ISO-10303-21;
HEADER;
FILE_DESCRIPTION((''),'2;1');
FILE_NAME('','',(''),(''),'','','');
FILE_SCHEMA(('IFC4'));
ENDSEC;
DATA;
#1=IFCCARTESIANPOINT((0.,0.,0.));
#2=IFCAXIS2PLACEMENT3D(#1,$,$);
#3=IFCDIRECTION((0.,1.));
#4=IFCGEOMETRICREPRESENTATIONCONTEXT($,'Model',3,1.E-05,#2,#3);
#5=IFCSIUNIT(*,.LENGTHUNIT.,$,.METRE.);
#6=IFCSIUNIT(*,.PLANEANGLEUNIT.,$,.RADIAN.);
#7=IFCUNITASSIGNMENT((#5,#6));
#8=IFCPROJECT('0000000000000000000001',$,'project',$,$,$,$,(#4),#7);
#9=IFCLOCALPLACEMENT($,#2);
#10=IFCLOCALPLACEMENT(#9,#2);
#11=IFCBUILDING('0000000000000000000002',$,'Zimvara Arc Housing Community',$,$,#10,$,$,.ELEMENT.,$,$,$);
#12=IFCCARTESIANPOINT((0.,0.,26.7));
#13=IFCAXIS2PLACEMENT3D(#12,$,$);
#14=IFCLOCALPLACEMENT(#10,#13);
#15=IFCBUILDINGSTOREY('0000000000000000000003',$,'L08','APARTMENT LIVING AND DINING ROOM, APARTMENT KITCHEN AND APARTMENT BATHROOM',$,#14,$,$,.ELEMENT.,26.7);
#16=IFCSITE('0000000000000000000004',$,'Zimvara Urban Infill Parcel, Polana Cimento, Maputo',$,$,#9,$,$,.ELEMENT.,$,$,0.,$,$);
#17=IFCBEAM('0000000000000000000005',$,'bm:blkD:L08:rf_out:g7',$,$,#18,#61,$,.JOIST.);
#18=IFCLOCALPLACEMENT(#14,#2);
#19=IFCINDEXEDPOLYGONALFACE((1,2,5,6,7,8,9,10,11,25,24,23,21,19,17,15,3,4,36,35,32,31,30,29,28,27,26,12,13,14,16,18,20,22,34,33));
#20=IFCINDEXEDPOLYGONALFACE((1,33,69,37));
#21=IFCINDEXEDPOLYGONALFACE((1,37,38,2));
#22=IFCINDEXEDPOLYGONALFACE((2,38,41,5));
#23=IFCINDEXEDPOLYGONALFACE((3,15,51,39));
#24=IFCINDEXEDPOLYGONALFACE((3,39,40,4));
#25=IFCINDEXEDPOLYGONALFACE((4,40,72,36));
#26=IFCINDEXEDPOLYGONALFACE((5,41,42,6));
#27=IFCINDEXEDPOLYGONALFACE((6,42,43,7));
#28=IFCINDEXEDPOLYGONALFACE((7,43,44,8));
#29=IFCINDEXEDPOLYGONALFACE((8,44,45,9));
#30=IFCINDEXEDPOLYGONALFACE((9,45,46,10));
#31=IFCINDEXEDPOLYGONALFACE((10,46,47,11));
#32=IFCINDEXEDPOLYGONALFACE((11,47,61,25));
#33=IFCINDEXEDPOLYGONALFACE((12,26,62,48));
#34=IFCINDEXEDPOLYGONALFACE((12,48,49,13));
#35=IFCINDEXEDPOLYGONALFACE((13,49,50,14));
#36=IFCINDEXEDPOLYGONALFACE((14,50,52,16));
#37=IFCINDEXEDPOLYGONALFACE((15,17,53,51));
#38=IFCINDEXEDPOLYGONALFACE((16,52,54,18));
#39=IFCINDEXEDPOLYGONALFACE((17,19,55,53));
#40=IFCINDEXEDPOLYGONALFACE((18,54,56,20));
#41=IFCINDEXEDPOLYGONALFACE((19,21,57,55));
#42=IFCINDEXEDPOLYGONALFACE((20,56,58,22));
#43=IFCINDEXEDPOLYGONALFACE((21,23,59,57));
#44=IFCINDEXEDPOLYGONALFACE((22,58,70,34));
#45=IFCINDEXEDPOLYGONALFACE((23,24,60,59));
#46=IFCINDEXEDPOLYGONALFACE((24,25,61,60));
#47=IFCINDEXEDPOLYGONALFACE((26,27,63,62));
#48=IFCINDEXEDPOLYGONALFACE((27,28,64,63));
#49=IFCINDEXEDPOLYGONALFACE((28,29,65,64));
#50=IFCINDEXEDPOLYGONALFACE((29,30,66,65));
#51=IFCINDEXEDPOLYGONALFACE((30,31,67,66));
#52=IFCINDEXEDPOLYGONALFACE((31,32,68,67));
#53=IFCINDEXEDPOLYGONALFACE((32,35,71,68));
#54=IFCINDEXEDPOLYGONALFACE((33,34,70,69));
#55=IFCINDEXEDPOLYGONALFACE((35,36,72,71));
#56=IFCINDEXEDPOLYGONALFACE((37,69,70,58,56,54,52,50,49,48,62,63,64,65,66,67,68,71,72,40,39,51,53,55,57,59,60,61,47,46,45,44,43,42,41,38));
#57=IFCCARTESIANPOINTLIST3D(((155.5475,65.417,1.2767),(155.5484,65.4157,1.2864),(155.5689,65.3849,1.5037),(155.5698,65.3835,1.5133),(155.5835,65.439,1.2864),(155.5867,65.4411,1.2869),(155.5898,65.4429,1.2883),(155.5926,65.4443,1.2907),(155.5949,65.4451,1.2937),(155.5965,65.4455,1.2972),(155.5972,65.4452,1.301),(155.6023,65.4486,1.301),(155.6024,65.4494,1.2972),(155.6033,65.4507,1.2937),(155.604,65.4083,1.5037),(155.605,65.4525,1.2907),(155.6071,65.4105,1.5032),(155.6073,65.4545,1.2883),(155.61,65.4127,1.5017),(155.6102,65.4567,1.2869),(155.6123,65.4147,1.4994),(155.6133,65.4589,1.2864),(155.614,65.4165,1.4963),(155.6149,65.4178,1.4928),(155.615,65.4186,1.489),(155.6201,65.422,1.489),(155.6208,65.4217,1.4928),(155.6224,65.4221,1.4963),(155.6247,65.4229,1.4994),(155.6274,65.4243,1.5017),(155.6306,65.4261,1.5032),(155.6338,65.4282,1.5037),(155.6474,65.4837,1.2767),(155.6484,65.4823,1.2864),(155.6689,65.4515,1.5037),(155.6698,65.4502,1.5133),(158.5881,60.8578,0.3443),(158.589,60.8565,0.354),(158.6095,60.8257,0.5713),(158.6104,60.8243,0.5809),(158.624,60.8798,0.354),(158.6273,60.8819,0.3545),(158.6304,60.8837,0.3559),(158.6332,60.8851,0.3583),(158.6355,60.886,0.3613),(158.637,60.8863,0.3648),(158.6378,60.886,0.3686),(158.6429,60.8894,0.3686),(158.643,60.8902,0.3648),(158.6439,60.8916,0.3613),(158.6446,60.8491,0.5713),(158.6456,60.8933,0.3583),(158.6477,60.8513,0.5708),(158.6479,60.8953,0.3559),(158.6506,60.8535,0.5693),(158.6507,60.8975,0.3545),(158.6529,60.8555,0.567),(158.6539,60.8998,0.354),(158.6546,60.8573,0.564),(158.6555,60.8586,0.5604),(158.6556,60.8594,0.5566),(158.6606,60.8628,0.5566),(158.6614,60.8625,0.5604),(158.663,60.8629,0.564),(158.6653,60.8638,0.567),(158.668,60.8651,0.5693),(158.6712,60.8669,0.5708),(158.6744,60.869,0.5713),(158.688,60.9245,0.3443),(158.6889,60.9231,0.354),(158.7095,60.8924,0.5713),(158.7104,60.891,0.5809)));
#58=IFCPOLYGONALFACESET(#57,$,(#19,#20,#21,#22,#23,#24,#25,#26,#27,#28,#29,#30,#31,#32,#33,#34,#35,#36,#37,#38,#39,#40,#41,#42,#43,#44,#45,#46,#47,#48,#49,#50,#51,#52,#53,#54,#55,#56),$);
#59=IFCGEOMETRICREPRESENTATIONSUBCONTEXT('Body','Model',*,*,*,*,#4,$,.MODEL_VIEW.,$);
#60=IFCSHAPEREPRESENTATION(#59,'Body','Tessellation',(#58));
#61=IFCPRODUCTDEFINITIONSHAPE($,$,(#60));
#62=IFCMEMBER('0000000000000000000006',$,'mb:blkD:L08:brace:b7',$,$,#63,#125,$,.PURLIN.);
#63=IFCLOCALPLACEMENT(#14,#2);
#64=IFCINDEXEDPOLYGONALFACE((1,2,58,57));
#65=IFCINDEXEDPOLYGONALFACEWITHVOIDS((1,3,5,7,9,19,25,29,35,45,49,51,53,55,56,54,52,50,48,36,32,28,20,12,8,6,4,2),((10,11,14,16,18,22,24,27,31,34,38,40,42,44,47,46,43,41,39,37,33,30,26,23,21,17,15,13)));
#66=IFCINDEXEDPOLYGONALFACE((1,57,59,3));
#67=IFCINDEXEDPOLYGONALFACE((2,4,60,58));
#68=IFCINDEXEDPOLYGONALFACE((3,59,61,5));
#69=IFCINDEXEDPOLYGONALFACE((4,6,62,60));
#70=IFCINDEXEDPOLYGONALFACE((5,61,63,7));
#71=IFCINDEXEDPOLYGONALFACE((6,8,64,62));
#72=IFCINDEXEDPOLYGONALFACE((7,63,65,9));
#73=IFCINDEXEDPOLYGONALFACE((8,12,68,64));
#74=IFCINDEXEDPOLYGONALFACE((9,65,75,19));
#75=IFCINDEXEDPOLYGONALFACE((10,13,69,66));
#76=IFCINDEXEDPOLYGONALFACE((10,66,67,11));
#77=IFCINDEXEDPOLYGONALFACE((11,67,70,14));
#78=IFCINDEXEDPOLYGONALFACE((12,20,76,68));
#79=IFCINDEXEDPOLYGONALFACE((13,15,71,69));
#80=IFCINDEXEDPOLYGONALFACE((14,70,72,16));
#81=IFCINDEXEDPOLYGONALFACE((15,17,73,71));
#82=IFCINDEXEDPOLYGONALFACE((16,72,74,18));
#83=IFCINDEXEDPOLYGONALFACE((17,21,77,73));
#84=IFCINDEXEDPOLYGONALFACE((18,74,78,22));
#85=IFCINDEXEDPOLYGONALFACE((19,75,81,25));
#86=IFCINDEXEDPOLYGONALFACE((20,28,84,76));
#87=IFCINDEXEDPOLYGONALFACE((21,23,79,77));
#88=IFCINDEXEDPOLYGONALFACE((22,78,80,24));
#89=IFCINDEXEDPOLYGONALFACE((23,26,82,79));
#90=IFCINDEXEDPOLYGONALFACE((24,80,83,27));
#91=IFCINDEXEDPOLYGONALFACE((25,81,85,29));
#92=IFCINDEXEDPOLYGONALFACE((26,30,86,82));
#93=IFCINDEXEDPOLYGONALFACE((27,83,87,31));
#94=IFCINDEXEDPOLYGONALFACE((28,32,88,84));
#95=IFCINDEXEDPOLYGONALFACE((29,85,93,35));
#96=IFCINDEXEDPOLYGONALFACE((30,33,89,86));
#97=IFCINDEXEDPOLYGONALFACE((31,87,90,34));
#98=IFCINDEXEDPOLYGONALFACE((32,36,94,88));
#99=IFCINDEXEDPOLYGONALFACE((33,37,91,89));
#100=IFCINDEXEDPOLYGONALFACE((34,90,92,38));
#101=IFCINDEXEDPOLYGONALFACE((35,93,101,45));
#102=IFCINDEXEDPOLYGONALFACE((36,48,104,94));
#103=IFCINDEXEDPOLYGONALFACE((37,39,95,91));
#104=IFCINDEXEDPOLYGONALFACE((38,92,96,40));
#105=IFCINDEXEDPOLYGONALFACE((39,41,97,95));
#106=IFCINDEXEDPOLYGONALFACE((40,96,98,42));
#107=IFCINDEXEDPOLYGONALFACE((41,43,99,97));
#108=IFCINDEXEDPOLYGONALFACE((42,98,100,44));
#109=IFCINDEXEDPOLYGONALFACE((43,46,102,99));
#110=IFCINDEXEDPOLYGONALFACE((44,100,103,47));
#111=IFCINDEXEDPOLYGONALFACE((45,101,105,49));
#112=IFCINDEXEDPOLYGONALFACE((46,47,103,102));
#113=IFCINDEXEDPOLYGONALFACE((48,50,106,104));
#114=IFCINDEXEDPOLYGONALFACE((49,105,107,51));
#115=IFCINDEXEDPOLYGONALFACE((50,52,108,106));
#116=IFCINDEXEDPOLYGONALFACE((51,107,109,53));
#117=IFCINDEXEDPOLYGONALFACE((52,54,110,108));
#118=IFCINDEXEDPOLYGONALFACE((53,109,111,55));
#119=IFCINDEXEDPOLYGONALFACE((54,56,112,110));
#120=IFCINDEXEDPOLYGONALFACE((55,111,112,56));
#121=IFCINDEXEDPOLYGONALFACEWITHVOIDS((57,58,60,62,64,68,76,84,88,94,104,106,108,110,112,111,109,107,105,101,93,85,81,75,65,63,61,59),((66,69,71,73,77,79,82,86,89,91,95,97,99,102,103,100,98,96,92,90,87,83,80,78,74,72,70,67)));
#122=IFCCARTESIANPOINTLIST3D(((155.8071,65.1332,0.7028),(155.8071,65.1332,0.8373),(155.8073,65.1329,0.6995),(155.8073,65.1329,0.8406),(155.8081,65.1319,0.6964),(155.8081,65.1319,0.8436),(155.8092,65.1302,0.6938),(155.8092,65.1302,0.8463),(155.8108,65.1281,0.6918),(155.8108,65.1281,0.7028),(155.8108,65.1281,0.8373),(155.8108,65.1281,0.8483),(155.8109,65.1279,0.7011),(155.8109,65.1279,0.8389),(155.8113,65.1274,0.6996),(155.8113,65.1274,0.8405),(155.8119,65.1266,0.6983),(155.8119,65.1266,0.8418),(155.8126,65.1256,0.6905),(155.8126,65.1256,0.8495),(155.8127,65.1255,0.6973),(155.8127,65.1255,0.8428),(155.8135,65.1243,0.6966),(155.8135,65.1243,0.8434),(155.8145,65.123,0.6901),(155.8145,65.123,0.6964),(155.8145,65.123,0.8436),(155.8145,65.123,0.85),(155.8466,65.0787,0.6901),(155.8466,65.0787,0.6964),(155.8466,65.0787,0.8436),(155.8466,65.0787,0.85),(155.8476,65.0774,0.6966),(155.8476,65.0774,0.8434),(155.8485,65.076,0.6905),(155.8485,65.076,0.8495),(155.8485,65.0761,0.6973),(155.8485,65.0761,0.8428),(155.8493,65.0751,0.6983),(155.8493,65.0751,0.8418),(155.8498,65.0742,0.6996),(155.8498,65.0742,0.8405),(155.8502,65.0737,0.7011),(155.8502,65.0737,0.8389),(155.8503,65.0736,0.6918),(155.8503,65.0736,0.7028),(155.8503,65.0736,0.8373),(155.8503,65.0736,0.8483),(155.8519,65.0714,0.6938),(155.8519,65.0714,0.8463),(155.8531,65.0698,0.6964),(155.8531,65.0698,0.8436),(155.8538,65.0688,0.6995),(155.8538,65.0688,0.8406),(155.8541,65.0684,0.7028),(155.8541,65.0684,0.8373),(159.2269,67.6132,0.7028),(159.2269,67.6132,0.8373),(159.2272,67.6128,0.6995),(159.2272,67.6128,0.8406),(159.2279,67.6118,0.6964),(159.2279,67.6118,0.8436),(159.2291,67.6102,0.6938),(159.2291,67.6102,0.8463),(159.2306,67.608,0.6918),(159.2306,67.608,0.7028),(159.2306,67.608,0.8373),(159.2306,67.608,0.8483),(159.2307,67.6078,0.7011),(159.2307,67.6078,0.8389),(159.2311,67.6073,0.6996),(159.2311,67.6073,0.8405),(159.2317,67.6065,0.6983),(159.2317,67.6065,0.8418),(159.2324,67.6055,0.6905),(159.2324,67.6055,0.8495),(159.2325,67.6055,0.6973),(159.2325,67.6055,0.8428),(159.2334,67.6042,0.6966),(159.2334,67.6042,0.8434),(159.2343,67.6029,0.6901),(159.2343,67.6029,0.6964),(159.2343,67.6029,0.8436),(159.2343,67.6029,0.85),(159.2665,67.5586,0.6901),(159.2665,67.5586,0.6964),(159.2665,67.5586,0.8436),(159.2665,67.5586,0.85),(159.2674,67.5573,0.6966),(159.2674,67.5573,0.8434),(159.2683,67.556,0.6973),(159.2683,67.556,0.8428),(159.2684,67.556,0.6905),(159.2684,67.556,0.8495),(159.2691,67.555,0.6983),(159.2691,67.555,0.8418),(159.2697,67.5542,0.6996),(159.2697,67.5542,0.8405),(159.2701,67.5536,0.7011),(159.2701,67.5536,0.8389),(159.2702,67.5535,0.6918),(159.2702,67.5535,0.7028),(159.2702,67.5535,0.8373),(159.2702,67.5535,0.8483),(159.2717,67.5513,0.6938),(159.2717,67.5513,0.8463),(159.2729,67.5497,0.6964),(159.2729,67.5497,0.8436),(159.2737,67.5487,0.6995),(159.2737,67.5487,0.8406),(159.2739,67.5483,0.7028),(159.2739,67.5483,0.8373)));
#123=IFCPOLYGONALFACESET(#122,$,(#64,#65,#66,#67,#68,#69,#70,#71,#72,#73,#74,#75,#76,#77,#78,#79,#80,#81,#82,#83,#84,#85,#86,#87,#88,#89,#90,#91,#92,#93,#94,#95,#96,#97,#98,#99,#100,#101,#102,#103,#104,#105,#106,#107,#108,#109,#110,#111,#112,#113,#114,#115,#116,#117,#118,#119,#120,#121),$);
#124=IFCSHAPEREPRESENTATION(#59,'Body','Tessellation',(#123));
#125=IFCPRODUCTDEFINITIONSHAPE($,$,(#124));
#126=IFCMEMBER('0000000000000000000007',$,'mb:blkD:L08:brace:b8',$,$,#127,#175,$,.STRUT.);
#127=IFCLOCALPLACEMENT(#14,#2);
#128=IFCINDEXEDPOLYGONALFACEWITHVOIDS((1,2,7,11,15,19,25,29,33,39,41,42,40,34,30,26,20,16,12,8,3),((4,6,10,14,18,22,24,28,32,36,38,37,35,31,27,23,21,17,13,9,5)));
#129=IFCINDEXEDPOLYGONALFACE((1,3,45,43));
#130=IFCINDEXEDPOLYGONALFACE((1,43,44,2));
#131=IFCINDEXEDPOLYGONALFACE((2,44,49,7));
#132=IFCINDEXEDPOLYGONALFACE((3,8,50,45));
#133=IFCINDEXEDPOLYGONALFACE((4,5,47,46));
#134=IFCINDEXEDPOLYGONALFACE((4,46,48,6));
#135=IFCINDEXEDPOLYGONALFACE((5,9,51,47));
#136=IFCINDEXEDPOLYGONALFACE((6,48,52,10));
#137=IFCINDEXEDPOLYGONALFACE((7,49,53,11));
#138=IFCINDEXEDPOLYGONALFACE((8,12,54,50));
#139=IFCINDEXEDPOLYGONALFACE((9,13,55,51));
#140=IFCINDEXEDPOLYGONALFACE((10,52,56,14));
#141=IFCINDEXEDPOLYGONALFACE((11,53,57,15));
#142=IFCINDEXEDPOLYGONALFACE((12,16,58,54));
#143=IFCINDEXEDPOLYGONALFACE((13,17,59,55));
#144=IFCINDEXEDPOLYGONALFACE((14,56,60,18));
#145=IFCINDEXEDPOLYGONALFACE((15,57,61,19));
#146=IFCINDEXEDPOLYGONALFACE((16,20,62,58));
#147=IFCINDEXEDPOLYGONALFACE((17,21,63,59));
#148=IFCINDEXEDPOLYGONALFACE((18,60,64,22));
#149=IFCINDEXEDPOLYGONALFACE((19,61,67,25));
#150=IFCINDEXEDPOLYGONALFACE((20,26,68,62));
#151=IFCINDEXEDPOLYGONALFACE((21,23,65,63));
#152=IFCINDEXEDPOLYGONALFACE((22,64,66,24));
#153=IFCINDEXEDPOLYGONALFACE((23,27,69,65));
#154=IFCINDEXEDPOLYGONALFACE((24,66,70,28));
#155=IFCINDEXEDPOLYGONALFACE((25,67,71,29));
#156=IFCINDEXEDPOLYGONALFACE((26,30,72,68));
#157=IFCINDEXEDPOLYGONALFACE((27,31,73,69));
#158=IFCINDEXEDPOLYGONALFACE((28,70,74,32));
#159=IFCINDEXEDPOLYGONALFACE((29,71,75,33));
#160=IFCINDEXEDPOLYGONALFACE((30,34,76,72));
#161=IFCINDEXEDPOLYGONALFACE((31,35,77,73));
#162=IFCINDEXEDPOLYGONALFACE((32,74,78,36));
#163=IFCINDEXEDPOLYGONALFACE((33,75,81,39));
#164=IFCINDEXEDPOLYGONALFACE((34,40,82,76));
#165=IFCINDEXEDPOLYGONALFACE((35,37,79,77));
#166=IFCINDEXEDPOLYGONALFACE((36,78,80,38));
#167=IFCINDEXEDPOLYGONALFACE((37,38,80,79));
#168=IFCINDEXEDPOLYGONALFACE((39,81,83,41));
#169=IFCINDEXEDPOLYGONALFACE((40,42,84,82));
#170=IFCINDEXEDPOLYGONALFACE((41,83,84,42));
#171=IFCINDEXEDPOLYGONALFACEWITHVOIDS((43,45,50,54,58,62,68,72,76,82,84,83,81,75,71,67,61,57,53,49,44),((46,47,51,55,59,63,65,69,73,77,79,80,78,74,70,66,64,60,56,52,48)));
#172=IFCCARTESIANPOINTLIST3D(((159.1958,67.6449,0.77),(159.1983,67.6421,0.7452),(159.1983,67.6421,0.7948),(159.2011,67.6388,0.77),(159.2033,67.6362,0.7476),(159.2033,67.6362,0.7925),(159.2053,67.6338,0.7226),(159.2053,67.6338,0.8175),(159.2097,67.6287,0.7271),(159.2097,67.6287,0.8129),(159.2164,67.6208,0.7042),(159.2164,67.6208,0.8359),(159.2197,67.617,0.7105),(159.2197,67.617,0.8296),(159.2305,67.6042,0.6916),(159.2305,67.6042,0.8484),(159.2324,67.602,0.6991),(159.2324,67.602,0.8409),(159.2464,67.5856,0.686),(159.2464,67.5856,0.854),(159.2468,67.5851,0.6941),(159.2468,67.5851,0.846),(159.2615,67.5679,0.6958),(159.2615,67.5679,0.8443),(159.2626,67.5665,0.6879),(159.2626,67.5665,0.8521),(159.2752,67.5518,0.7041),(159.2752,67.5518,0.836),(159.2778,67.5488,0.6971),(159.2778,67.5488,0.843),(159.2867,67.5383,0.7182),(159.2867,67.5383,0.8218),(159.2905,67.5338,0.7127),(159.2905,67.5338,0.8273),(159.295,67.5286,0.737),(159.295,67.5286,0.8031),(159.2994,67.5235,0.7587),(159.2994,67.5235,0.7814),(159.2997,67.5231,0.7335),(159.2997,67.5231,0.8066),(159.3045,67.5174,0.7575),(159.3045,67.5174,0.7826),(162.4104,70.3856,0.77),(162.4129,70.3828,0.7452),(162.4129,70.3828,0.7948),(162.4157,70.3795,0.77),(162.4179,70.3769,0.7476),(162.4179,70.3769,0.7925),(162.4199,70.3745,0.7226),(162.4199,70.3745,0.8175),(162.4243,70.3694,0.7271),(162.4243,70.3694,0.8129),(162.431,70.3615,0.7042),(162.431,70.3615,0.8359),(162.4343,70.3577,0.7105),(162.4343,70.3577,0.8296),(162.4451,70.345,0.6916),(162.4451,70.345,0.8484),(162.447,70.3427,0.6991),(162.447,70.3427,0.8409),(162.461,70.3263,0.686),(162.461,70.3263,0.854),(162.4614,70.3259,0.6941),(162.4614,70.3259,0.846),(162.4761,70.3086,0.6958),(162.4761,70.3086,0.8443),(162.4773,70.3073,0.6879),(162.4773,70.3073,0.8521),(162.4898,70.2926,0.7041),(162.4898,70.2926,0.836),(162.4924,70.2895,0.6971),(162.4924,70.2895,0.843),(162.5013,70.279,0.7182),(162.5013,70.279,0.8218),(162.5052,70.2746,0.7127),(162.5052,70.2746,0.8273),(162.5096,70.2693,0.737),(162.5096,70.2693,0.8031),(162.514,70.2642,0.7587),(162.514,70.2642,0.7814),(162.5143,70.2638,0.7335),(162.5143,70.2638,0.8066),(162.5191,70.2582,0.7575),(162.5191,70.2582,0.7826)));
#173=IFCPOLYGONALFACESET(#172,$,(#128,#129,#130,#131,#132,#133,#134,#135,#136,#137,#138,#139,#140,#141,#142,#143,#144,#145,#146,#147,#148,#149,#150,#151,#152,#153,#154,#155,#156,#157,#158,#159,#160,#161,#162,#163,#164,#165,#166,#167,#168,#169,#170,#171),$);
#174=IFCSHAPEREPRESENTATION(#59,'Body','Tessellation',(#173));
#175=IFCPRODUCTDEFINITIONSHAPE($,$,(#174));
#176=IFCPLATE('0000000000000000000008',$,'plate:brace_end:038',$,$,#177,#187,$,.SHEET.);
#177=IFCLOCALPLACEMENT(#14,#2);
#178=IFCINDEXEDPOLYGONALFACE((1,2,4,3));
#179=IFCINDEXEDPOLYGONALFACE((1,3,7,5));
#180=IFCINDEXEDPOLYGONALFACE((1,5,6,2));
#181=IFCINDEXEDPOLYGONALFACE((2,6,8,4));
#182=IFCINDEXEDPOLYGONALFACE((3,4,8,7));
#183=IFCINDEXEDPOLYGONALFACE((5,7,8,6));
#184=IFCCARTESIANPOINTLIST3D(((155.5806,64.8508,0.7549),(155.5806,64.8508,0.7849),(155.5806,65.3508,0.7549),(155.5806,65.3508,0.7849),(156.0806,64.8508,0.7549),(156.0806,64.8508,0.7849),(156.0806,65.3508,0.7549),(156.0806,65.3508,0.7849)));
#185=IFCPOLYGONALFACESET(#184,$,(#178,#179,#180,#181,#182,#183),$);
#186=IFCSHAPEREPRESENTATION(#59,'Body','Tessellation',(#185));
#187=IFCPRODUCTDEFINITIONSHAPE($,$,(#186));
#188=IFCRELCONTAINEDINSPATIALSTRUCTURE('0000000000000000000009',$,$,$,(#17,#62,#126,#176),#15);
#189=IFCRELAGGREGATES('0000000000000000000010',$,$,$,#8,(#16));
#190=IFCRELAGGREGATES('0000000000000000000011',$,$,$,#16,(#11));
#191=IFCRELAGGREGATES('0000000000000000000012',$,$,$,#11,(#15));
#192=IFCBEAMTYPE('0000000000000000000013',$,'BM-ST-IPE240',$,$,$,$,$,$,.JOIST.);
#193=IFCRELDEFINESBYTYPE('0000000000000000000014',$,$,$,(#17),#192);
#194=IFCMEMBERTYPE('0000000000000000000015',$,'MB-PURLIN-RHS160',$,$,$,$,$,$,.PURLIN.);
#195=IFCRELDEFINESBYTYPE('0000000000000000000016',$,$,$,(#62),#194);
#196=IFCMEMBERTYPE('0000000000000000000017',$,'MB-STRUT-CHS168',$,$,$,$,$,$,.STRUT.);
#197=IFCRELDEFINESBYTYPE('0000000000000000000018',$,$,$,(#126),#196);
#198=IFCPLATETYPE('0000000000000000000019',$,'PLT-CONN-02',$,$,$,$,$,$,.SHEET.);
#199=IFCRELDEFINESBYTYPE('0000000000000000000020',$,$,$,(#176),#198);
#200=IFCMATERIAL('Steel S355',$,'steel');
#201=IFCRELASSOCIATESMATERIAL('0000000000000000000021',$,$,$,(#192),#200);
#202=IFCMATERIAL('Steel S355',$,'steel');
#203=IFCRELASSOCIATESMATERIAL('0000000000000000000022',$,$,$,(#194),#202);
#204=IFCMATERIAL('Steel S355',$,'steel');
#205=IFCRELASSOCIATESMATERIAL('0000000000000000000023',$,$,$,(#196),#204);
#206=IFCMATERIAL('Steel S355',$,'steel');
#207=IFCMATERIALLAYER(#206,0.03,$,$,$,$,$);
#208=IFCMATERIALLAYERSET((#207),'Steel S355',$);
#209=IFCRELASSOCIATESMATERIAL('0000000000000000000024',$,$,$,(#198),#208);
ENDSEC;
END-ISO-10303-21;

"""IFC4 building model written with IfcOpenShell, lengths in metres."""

from ifc_helpers import new_model, si_unit, direction, frame, origin, origin_2d, place, context, subcontext, project, spatial, rectangle, hollow_rectangle, hollow_circle, i_section, extrude, material, layer, layer_set, material_profile, profile_set, type_object, element, save


model = new_model("IFC4")

# Units and contexts
model_context = context("Model", 3, precision=1e-05, world=origin(), true_north=direction((0.0, 1.0)))
body_context = subcontext(model_context, "Body", "Model", "MODEL_VIEW")
ifc_project = project(units=[si_unit("LENGTHUNIT", "METRE"), si_unit("PLANEANGLEUNIT", "RADIAN")], contexts=[model_context])

# Site, building, storey
site_placement = place(None, origin())
site = spatial("IfcSite", under=ifc_project, at=site_placement, Name="Zimvara Urban Infill Parcel, Polana Cimento, Maputo", CompositionType="ELEMENT", RefElevation=0.0)
building_placement = place(site_placement, origin())
building = spatial("IfcBuilding", under=site, at=building_placement, Name="Zimvara Arc Housing Community", CompositionType="ELEMENT")
storey_placement = place(building_placement, frame((0.0, 0.0, 26.7)))
storey = spatial("IfcBuildingStorey", under=building, at=storey_placement, Name="L08", Description="APARTMENT LIVING AND DINING ROOM, APARTMENT KITCHEN AND APARTMENT BATHROOM", CompositionType="ELEMENT", Elevation=26.7)

# Beam
ifc_material_1 = material(Name="Steel S355", Category="steel")
ifc_material_profile_1 = material_profile(ifc_material_1, i_section(OverallWidth=0.1201, OverallDepth=0.24, WebThickness=0.0061, FlangeThickness=0.0098, FilletRadius=0.0149, at=origin_2d()), Name="IPE 240")
ifc_profile_set_1 = profile_set([ifc_material_profile_1], Name="Steel S355")
beam_type_1 = type_object("IfcBeamType", Name="BM-ST-IPE240", PredefinedType="JOIST", material=ifc_profile_set_1)
beam_1_placement = place(storey_placement, frame((155.6086, 65.4336, 1.395), z_axis=(0.546983, -0.820168, -0.167732), x_axis=(0.831954, 0.554844, 0.0)))
element("IfcBeam", 1, at=beam_1_placement, inside=storey, type_object=beam_type_1, Name="bm:blkD:L08:rf_out:g7", PredefinedType="JOIST", context=body_context, shape_type="SweptSolid", body=[
    extrude(i_section(OverallWidth=0.1201, OverallDepth=0.24, WebThickness=0.0061, FlangeThickness=0.0098, FilletRadius=0.0149, at=origin_2d()), origin(), (0.0, 0.0, 1.0), 5.5588),
])

# Members
ifc_material_2 = material(Name="Steel S355", Category="steel")
ifc_material_profile_2 = material_profile(ifc_material_2, hollow_rectangle(XDim=0.0801, YDim=0.1599, WallThickness=0.0063, InnerFilletRadius=0.0063, OuterFilletRadius=0.0127, at=origin_2d()), Name="RHS 160x80x6.3")
ifc_profile_set_2 = profile_set([ifc_material_profile_2], Name="Steel S355")
member_type_1 = type_object("IfcMemberType", Name="MB-PURLIN-RHS160", PredefinedType="PURLIN", material=ifc_profile_set_2)
member_1_placement = place(storey_placement, frame((155.8306, 65.1008, 0.77), z_axis=(0.80955, 0.587051, 0.0), x_axis=(-0.587051, 0.80955, 0.0)))
element("IfcMember", 2, at=member_1_placement, inside=storey, type_object=member_type_1, Name="mb:blkD:L08:brace:b7", PredefinedType="PURLIN", context=body_context, shape_type="SweptSolid", body=[
    extrude(hollow_rectangle(XDim=0.0801, YDim=0.1599, WallThickness=0.0063, InnerFilletRadius=0.0063, OuterFilletRadius=0.0127, at=origin_2d()), origin(), (0.0, 0.0, 1.0), 4.2244),
])
ifc_material_3 = material(Name="Steel S355", Category="steel")
ifc_material_profile_3 = material_profile(ifc_material_3, hollow_circle(Radius=0.0842, WallThickness=0.0081, at=origin_2d()), Name="CHS 168.3x8.0")
ifc_profile_set_3 = profile_set([ifc_material_profile_3], Name="Steel S355")
member_type_2 = type_object("IfcMemberType", Name="MB-STRUT-CHS168", PredefinedType="STRUT", material=ifc_profile_set_3)
member_2_placement = place(storey_placement, frame((159.2505, 67.5808, 0.77), z_axis=(0.760967, 0.64879, 0.0), x_axis=(-0.64879, 0.760967, 0.0)))
element("IfcMember", 3, at=member_2_placement, inside=storey, type_object=member_type_2, Name="mb:blkD:L08:brace:b8", PredefinedType="STRUT", context=body_context, shape_type="SweptSolid", body=[
    extrude(hollow_circle(Radius=0.0842, WallThickness=0.0081, at=origin_2d()), origin(), (0.0, 0.0, 1.0), 4.2244),
])

# Plate
ifc_material_4 = material(Name="Steel S355", Category="steel")
ifc_layer_1 = layer(ifc_material_4, 0.03)
ifc_layer_set_1 = layer_set([ifc_layer_1], Name="Steel S355")
plate_type = type_object("IfcPlateType", Name="PLT-CONN-02", PredefinedType="SHEET", material=ifc_layer_set_1)
plate_placement = place(storey_placement, frame((155.8306, 65.1008, 0.7549), z_axis=(0.0, 0.0, 1.0), x_axis=(1.0, 0.0, 0.0)))
element("IfcPlate", 4, at=plate_placement, inside=storey, type_object=plate_type, Name="plate:brace_end:038", PredefinedType="SHEET", context=body_context, shape_type="SweptSolid", body=[
    extrude(rectangle(XDim=0.5, YDim=0.5, at=origin_2d()), origin(), (0.0, 0.0, 1.0), 0.03),
])

save(model, "model.ifc")
